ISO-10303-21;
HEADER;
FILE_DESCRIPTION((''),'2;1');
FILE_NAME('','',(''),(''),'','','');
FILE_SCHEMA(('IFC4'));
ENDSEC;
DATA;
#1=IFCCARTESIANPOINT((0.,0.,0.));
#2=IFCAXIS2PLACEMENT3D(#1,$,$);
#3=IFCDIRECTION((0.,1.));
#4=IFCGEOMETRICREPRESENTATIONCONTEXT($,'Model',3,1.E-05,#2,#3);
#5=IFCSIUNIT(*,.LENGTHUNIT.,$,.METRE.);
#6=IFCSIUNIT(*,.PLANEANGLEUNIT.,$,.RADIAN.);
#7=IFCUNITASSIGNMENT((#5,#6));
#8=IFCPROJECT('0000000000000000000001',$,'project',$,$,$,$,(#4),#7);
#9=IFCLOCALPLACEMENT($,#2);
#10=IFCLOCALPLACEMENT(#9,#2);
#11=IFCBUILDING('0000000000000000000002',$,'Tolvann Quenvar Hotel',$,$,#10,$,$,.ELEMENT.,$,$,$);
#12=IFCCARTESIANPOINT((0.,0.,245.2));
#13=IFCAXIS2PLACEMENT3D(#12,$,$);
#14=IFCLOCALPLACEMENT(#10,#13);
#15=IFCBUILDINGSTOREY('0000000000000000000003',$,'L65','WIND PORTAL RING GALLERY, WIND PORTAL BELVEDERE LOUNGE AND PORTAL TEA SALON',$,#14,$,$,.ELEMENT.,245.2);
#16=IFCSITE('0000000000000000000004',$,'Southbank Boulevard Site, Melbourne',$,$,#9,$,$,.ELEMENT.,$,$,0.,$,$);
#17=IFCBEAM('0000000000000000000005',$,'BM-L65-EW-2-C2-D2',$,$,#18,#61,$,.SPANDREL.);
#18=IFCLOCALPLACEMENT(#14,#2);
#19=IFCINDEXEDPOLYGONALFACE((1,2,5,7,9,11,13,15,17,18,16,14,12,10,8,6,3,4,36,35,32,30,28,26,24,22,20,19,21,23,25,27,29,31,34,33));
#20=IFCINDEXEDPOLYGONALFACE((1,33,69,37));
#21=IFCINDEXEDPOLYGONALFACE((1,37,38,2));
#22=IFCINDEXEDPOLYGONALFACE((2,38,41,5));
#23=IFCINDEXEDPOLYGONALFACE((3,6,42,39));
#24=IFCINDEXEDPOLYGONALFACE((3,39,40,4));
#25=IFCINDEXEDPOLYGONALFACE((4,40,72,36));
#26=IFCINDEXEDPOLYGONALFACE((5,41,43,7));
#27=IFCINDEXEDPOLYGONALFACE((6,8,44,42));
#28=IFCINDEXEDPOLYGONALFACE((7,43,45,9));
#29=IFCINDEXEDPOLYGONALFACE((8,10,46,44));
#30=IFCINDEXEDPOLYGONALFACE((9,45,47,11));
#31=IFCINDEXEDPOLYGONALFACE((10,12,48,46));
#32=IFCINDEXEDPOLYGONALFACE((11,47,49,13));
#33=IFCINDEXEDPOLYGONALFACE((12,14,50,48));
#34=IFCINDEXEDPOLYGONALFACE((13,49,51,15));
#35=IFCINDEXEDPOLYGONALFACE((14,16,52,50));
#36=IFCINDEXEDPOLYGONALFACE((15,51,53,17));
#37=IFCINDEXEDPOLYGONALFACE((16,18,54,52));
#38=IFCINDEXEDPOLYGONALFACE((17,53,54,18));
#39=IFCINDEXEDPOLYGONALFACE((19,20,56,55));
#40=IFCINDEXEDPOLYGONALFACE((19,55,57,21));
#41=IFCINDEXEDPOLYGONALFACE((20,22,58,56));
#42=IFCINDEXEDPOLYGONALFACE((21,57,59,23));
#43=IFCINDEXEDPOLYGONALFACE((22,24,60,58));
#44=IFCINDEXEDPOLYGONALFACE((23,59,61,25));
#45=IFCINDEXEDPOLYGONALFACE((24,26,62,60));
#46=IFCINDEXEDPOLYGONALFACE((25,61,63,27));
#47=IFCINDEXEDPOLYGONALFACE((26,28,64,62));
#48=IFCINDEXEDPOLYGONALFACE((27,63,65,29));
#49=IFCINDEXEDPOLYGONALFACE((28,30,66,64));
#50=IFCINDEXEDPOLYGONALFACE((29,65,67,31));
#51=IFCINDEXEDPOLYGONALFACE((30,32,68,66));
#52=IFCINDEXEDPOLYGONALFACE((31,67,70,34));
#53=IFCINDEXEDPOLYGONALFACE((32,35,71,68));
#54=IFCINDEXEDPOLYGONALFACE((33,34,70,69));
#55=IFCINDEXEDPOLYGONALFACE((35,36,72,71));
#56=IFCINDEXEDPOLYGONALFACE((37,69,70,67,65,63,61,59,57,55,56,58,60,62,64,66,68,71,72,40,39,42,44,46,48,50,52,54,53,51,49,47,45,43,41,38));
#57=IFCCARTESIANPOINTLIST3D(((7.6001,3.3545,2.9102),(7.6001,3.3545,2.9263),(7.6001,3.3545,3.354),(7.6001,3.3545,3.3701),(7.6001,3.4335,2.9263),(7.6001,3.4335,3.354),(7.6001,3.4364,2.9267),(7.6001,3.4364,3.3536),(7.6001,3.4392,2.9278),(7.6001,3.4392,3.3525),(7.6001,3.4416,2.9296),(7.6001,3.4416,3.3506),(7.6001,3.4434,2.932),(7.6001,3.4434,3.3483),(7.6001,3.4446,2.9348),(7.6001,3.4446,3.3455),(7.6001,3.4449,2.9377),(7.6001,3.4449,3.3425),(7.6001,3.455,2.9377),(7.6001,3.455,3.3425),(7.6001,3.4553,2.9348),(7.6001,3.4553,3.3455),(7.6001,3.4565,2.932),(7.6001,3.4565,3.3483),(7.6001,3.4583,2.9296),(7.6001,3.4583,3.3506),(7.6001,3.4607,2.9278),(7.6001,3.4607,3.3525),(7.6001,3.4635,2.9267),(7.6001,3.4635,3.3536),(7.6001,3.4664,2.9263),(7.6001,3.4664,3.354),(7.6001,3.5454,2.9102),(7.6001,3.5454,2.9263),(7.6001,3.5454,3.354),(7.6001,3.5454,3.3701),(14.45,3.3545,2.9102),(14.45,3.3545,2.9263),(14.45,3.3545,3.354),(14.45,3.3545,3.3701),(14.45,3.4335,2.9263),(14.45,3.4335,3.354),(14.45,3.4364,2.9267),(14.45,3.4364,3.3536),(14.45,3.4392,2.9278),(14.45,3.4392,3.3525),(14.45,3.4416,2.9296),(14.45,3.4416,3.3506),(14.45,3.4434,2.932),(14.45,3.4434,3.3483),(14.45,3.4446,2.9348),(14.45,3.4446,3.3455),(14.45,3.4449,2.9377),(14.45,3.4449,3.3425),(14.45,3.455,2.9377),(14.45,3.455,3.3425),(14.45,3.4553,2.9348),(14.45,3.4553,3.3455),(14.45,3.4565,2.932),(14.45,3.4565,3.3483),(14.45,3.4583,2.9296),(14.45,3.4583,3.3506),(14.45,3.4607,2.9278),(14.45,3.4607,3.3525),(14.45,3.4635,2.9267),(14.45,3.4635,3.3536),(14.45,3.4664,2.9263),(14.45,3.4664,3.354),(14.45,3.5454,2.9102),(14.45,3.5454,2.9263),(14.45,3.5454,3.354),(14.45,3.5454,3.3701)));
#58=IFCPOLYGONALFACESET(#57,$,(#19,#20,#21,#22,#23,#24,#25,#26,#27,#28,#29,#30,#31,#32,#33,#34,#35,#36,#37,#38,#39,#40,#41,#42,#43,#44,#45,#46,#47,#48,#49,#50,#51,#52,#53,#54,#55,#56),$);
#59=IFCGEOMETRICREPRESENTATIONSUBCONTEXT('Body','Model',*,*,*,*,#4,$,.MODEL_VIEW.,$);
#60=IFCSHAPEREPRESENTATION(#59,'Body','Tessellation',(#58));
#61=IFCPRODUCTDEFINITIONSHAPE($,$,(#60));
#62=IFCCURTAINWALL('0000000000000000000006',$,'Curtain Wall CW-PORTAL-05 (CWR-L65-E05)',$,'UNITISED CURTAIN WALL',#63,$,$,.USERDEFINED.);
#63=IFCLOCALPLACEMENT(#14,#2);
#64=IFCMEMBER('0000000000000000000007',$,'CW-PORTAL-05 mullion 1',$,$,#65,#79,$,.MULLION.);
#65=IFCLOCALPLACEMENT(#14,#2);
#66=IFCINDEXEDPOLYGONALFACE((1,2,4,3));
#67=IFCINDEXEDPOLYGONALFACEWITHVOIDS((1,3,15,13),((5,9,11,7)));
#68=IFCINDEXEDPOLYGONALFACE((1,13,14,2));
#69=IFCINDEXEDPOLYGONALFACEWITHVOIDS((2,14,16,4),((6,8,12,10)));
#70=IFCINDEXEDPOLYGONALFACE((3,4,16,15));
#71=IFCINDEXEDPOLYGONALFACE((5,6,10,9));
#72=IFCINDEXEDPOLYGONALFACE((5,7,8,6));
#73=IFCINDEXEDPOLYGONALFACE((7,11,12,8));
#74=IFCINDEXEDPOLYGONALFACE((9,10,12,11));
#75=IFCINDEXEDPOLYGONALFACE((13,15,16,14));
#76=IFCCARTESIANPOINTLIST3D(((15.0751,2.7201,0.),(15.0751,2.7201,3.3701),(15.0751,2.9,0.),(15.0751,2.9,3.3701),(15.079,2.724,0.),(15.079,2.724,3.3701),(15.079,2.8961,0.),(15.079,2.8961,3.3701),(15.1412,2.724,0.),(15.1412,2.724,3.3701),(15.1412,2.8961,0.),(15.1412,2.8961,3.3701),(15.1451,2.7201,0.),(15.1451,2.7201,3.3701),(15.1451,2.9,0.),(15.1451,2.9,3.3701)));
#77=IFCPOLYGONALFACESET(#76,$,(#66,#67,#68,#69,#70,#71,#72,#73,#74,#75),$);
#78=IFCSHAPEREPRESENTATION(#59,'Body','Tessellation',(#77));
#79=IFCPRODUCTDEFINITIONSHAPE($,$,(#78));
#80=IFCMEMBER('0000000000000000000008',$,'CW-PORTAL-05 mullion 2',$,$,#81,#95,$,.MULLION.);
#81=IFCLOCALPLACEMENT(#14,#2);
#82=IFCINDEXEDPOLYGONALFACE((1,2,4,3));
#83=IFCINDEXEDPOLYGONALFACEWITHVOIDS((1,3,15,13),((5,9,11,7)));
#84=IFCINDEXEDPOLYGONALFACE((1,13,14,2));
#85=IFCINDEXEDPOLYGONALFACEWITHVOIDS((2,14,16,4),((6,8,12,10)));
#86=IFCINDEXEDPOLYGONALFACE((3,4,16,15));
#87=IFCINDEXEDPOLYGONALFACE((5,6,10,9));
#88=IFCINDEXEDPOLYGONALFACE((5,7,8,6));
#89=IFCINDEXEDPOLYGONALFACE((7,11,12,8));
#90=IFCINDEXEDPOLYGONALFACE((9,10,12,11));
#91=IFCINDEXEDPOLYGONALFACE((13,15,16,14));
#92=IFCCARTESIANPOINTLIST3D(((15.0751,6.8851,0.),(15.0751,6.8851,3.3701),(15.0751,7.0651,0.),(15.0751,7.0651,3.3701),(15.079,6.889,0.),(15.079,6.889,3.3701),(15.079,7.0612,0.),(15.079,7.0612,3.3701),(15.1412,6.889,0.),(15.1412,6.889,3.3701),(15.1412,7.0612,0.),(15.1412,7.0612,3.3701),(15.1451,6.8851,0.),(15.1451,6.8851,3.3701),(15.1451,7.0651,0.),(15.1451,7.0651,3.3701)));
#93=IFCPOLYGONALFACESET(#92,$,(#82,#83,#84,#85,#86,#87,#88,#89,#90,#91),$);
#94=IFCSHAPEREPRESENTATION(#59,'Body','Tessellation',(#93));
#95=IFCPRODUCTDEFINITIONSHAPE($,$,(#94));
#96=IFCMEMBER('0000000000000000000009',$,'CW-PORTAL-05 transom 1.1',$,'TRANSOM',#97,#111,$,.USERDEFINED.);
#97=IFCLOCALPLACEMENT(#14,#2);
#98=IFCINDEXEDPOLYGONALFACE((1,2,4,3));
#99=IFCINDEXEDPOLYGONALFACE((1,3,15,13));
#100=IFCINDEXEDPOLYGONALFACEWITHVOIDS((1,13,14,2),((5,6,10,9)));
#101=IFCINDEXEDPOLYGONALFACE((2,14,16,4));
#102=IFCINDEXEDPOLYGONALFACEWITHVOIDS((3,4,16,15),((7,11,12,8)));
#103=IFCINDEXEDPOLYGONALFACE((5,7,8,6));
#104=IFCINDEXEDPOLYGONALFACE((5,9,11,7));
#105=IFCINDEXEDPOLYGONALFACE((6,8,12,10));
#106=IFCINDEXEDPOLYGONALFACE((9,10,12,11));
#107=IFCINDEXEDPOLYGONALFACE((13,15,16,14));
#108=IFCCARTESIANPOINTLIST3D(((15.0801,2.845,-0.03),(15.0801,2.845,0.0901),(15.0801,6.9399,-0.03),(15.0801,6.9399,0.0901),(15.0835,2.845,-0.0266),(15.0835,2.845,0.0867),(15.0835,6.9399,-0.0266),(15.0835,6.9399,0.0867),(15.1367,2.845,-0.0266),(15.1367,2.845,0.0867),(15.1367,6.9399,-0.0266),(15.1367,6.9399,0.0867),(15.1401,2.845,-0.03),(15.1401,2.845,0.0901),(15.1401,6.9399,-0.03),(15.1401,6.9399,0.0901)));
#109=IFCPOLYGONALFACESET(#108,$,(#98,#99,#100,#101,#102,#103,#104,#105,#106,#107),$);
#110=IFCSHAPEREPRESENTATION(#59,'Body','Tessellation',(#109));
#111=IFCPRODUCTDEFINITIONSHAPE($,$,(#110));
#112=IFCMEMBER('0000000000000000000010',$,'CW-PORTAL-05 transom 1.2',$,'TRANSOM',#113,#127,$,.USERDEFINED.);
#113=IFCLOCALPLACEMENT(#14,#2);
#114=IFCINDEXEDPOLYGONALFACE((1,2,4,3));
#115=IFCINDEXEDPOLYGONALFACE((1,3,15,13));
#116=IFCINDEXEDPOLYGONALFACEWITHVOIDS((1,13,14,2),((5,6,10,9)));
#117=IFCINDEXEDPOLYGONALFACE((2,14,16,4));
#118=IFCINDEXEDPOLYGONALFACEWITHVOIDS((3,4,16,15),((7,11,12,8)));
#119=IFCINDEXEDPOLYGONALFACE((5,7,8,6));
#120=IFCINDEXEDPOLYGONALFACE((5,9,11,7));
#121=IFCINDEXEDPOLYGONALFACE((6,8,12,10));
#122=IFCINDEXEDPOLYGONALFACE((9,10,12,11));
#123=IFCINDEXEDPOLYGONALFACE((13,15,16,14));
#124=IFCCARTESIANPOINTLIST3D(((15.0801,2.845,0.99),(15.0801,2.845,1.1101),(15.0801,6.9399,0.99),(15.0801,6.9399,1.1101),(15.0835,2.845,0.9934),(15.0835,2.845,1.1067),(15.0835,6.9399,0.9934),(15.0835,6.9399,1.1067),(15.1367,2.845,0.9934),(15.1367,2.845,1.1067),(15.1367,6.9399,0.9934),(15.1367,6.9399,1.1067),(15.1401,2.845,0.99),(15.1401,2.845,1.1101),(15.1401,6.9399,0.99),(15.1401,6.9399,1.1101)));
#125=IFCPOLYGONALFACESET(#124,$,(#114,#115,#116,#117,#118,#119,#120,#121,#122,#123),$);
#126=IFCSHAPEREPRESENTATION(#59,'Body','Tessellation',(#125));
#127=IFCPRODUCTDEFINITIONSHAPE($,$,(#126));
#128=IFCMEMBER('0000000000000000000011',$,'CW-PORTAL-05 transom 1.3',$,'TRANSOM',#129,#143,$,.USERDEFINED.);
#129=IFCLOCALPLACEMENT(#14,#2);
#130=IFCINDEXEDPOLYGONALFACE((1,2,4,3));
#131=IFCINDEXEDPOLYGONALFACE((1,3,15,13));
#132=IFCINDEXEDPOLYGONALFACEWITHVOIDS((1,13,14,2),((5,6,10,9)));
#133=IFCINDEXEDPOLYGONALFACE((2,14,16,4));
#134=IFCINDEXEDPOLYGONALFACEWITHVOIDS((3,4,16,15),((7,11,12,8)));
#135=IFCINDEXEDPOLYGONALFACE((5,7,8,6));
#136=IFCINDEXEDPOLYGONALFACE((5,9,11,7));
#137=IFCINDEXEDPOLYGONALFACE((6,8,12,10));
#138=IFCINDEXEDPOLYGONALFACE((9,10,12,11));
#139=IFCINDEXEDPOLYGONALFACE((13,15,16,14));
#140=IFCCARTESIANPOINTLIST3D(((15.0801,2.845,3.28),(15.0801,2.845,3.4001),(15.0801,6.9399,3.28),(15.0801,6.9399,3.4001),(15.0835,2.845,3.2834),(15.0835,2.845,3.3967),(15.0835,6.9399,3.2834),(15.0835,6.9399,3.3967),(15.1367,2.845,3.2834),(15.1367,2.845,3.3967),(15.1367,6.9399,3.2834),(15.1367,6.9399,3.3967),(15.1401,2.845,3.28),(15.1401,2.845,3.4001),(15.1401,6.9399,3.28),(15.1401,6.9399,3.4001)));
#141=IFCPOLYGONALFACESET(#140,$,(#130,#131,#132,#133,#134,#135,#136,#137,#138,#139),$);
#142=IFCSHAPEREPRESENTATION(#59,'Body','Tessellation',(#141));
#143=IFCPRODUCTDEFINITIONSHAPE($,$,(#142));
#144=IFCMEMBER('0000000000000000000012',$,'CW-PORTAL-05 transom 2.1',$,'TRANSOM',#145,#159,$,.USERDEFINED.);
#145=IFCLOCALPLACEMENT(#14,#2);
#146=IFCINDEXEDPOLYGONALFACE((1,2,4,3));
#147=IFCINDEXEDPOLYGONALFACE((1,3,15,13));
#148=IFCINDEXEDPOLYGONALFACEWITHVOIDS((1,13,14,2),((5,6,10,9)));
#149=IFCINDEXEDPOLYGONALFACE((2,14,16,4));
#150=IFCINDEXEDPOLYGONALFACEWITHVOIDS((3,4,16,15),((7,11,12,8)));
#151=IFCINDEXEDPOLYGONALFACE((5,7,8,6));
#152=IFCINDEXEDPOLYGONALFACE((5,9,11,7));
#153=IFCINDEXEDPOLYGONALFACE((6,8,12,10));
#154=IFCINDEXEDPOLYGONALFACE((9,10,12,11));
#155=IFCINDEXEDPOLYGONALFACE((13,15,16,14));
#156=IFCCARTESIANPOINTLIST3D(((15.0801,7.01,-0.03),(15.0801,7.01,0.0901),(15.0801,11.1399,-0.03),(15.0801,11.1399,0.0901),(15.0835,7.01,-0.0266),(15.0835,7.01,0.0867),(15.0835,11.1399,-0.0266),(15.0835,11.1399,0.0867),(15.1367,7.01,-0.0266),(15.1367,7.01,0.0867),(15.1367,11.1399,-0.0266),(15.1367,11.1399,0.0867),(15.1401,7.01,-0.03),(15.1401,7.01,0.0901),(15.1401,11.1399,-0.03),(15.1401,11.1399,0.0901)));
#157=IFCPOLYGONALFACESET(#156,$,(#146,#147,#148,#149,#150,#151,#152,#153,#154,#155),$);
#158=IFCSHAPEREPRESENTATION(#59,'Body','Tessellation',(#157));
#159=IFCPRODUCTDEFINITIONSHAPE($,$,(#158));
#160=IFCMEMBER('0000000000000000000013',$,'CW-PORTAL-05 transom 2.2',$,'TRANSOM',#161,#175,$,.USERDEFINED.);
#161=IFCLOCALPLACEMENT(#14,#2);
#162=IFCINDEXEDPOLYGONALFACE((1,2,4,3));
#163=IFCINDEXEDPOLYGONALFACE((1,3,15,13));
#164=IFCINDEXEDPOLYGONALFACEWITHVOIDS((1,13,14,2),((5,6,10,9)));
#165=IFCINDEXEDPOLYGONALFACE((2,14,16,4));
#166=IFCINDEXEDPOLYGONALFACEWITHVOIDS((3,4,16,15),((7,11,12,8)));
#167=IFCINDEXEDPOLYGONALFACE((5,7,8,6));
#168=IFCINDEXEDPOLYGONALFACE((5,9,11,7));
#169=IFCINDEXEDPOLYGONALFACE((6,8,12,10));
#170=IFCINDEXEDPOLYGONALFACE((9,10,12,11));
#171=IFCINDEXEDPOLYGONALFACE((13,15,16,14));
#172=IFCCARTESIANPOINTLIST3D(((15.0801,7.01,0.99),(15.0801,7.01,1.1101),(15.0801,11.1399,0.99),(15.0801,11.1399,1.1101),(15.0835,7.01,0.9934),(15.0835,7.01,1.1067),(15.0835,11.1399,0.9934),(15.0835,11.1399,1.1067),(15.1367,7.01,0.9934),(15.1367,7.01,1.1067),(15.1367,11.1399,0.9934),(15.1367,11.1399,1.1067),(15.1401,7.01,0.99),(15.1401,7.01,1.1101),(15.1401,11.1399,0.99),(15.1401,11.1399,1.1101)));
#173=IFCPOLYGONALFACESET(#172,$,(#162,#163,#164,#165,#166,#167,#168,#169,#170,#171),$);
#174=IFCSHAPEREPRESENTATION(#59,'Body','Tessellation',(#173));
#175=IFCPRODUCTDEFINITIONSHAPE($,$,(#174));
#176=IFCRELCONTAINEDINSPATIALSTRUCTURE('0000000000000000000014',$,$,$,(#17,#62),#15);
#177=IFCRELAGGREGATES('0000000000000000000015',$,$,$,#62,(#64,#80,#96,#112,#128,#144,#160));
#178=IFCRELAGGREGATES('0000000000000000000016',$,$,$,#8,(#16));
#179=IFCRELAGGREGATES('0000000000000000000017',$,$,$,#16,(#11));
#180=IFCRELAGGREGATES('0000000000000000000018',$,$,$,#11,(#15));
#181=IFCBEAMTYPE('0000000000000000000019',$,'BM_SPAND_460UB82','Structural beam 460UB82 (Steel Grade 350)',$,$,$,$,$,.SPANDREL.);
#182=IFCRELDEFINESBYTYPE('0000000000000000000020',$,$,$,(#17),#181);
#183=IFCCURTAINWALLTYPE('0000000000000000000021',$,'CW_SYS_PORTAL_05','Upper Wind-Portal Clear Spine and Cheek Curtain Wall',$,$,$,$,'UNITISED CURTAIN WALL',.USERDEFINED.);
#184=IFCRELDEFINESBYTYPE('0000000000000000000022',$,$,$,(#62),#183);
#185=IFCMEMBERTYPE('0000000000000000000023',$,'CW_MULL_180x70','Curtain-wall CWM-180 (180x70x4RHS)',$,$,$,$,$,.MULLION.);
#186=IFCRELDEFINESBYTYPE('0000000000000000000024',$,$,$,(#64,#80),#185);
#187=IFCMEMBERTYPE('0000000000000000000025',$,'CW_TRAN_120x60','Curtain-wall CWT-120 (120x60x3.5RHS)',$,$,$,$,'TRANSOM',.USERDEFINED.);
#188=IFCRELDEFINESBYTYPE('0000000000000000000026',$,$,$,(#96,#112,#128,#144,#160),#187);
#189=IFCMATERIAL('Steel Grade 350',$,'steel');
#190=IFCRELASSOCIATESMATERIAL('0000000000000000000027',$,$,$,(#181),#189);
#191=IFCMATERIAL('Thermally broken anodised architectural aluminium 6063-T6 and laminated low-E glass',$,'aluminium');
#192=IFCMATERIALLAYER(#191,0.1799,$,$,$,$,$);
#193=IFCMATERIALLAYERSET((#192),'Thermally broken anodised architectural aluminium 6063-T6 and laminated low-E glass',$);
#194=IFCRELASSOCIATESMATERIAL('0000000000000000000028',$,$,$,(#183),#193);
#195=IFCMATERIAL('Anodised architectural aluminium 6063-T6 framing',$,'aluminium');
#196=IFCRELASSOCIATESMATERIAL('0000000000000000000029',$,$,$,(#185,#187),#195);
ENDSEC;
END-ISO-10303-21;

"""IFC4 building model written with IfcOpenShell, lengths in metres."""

from ifc_helpers import new_model, si_unit, direction, frame, origin, origin_2d, place, context, subcontext, project, spatial, hollow_rectangle, i_section, extrude, source, transform, mapped, material, layer, layer_set, material_profile, profile_set, type_object, type_shapes, element, aggregate, save


model = new_model("IFC4")

# Units and contexts
model_context = context("Model", 3, precision=1e-05, world=origin(), true_north=direction((0.0, 1.0)))
body_context = subcontext(model_context, "Body", "Model", "MODEL_VIEW")
ifc_project = project(units=[si_unit("LENGTHUNIT", "METRE"), si_unit("PLANEANGLEUNIT", "RADIAN")], contexts=[model_context])

# Site, building, storey
site_placement = place(None, origin())
site = spatial("IfcSite", under=ifc_project, at=site_placement, Name="Southbank Boulevard Site, Melbourne", CompositionType="ELEMENT", RefElevation=0.0)
building_placement = place(site_placement, origin())
building = spatial("IfcBuilding", under=site, at=building_placement, Name="Tolvann Quenvar Hotel", CompositionType="ELEMENT")
storey_placement = place(building_placement, frame((0.0, 0.0, 245.2)))
storey = spatial("IfcBuildingStorey", under=building, at=storey_placement, Name="L65", Description="WIND PORTAL RING GALLERY, WIND PORTAL BELVEDERE LOUNGE AND PORTAL TEA SALON", CompositionType="ELEMENT", Elevation=245.2)

# Shared definitions
ifc_material_1 = material(Name="Steel Grade 350", Category="steel")

# Beam
ifc_material_profile_1 = material_profile(ifc_material_1, i_section(OverallWidth=0.1909, OverallDepth=0.46, WebThickness=0.01, FlangeThickness=0.0161, FilletRadius=0.0115, at=origin_2d()), Name="460UB82")
ifc_profile_set_1 = profile_set([ifc_material_profile_1], Name="Steel Grade 350")
beam_type_1 = type_object("IfcBeamType", Name="BM_SPAND_460UB82", Description="Structural beam 460UB82 (Steel Grade 350)", PredefinedType="SPANDREL", material=ifc_profile_set_1)
shared_shape_1 = source(origin(), body_context, "Body", "SweptSolid", [
    extrude(i_section(OverallWidth=0.1909, OverallDepth=0.46, WebThickness=0.01, FlangeThickness=0.0161, FilletRadius=0.0115, at=origin_2d()), origin(), (0.0, 0.0, 1.0), 6.8499),
])
type_shapes(beam_type_1, [shared_shape_1])
beam_placement = place(storey_placement, frame((7.6001, 3.45, 3.1401), z_axis=(1.0, 0.0, 0.0), x_axis=(0.0, 1.0, 0.0)))
element("IfcBeam", 1, at=beam_placement, inside=storey, type_object=beam_type_1, Name="BM-L65-EW-2-C2-D2", PredefinedType="SPANDREL", context=body_context, shape_type="MappedRepresentation", body=[
    mapped(shared_shape_1, transform((0.0, 0.0, 0.0), x_axis=(1.0, 0.0, 0.0), y_axis=(0.0, 1.0, 0.0), z_axis=(0.0, 0.0, 1.0), scale=1.0)),
])

# Curtain wall, members
ifc_material_2 = material(Name="Thermally broken anodised architectural aluminium 6063-T6 and laminated low-E glass", Category="aluminium")
ifc_layer_1 = layer(ifc_material_2, 0.1799)
ifc_layer_set_1 = layer_set([ifc_layer_1], Name="Thermally broken anodised architectural aluminium 6063-T6 and laminated low-E glass")
curtain_wall_type = type_object("IfcCurtainWallType", Name="CW_SYS_PORTAL_05", Description="Upper Wind-Portal Clear Spine and Cheek Curtain Wall", ElementType="UNITISED CURTAIN WALL", PredefinedType="USERDEFINED", material=ifc_layer_set_1)
curtain_wall_placement = place(storey_placement, origin())
curtain_wall = element("IfcCurtainWall", 2, at=curtain_wall_placement, inside=storey, type_object=curtain_wall_type, Name="Curtain Wall CW-PORTAL-05 (CWR-L65-E05)", ObjectType="UNITISED CURTAIN WALL", PredefinedType="USERDEFINED")
ifc_material_3 = material(Name="Anodised architectural aluminium 6063-T6 framing", Category="aluminium")
ifc_material_profile_2 = material_profile(ifc_material_3, hollow_rectangle(XDim=0.0701, YDim=0.1799, WallThickness=0.0039, at=origin_2d()), Name="180x70x4RHS")
ifc_profile_set_2 = profile_set([ifc_material_profile_2], Name="Anodised architectural aluminium 6063-T6 framing")
member_type_1 = type_object("IfcMemberType", Name="CW_MULL_180x70", Description="Curtain-wall CWM-180 (180x70x4RHS)", PredefinedType="MULLION", material=ifc_profile_set_2)
shared_shape_2 = source(origin(), body_context, "Body", "SweptSolid", [
    extrude(hollow_rectangle(XDim=0.0701, YDim=0.1799, WallThickness=0.0039, at=origin_2d()), origin(), (0.0, 0.0, 1.0), 3.3701),
])
type_shapes(member_type_1, [shared_shape_2])
member_1_placement = place(storey_placement, frame((15.1101, 2.8101, 0.0), z_axis=(0.0, 0.0, 1.0), x_axis=(-1.0, 0.0, 0.0)))
member_1 = element("IfcMember", 3, at=member_1_placement, type_object=member_type_1, Name="CW-PORTAL-05 mullion 1", PredefinedType="MULLION", context=body_context, shape_type="MappedRepresentation", body=[
    mapped(shared_shape_2, transform((0.0, 0.0, 0.0), x_axis=(1.0, 0.0, 0.0), y_axis=(0.0, 1.0, 0.0), z_axis=(0.0, 0.0, 1.0), scale=1.0)),
])
member_2_placement = place(storey_placement, frame((15.1101, 6.9751, 0.0), z_axis=(0.0, 0.0, 1.0), x_axis=(-1.0, 0.0, 0.0)))
member_2 = element("IfcMember", 4, at=member_2_placement, type_object=member_type_1, Name="CW-PORTAL-05 mullion 2", PredefinedType="MULLION", context=body_context, shape_type="MappedRepresentation", body=[
    mapped(shared_shape_2, transform((0.0, 0.0, 0.0), x_axis=(1.0, 0.0, 0.0), y_axis=(0.0, 1.0, 0.0), z_axis=(0.0, 0.0, 1.0), scale=1.0)),
])
ifc_material_profile_3 = material_profile(ifc_material_3, hollow_rectangle(XDim=0.0601, YDim=0.1201, WallThickness=0.0034, at=origin_2d()), Name="120x60x3.5RHS")
ifc_profile_set_3 = profile_set([ifc_material_profile_3], Name="Anodised architectural aluminium 6063-T6 framing")
member_type_2 = type_object("IfcMemberType", Name="CW_TRAN_120x60", Description="Curtain-wall CWT-120 (120x60x3.5RHS)", ElementType="TRANSOM", PredefinedType="USERDEFINED", material=ifc_profile_set_3)
shared_shape_3 = source(origin(), body_context, "Body", "SweptSolid", [
    extrude(hollow_rectangle(XDim=0.0601, YDim=0.1201, WallThickness=0.0034, at=origin_2d()), origin(), (0.0, 0.0, 1.0), 4.095),
])
member_3_placement = place(storey_placement, frame((15.1101, 2.845, 0.03), z_axis=(0.0, 1.0, 0.0), x_axis=(-1.0, 0.0, 0.0)))
member_3 = element("IfcMember", 5, at=member_3_placement, type_object=member_type_2, Name="CW-PORTAL-05 transom 1.1", ObjectType="TRANSOM", PredefinedType="USERDEFINED", context=body_context, shape_type="MappedRepresentation", body=[
    mapped(shared_shape_3, transform((0.0, 0.0, 0.0), x_axis=(1.0, 0.0, 0.0), y_axis=(0.0, 1.0, 0.0), z_axis=(0.0, 0.0, 1.0), scale=1.0)),
])
member_4_placement = place(storey_placement, frame((15.1101, 2.845, 1.05), z_axis=(0.0, 1.0, 0.0), x_axis=(-1.0, 0.0, 0.0)))
member_4 = element("IfcMember", 6, at=member_4_placement, type_object=member_type_2, Name="CW-PORTAL-05 transom 1.2", ObjectType="TRANSOM", PredefinedType="USERDEFINED", context=body_context, shape_type="MappedRepresentation", body=[
    mapped(shared_shape_3, transform((0.0, 0.0, 0.0), x_axis=(1.0, 0.0, 0.0), y_axis=(0.0, 1.0, 0.0), z_axis=(0.0, 0.0, 1.0), scale=1.0)),
])
member_5_placement = place(storey_placement, frame((15.1101, 2.845, 3.3401), z_axis=(0.0, 1.0, 0.0), x_axis=(-1.0, 0.0, 0.0)))
member_5 = element("IfcMember", 7, at=member_5_placement, type_object=member_type_2, Name="CW-PORTAL-05 transom 1.3", ObjectType="TRANSOM", PredefinedType="USERDEFINED", context=body_context, shape_type="MappedRepresentation", body=[
    mapped(shared_shape_3, transform((0.0, 0.0, 0.0), x_axis=(1.0, 0.0, 0.0), y_axis=(0.0, 1.0, 0.0), z_axis=(0.0, 0.0, 1.0), scale=1.0)),
])
shared_shape_4 = source(origin(), body_context, "Body", "SweptSolid", [
    extrude(hollow_rectangle(XDim=0.0601, YDim=0.1201, WallThickness=0.0034, at=origin_2d()), origin(), (0.0, 0.0, 1.0), 4.1299),
])
type_shapes(member_type_2, [shared_shape_3, shared_shape_4])
member_6_placement = place(storey_placement, frame((15.1101, 7.01, 0.03), z_axis=(0.0, 1.0, 0.0), x_axis=(-1.0, 0.0, 0.0)))
member_6 = element("IfcMember", 8, at=member_6_placement, type_object=member_type_2, Name="CW-PORTAL-05 transom 2.1", ObjectType="TRANSOM", PredefinedType="USERDEFINED", context=body_context, shape_type="MappedRepresentation", body=[
    mapped(shared_shape_4, transform((0.0, 0.0, 0.0), x_axis=(1.0, 0.0, 0.0), y_axis=(0.0, 1.0, 0.0), z_axis=(0.0, 0.0, 1.0), scale=1.0)),
])
member_7_placement = place(storey_placement, frame((15.1101, 7.01, 1.05), z_axis=(0.0, 1.0, 0.0), x_axis=(-1.0, 0.0, 0.0)))
member_7 = element("IfcMember", 9, at=member_7_placement, type_object=member_type_2, Name="CW-PORTAL-05 transom 2.2", ObjectType="TRANSOM", PredefinedType="USERDEFINED", context=body_context, shape_type="MappedRepresentation", body=[
    mapped(shared_shape_4, transform((0.0, 0.0, 0.0), x_axis=(1.0, 0.0, 0.0), y_axis=(0.0, 1.0, 0.0), z_axis=(0.0, 0.0, 1.0), scale=1.0)),
])
aggregate(curtain_wall, [member_1, member_2, member_3, member_4, member_5, member_6, member_7])

save(model, "model.ifc")
